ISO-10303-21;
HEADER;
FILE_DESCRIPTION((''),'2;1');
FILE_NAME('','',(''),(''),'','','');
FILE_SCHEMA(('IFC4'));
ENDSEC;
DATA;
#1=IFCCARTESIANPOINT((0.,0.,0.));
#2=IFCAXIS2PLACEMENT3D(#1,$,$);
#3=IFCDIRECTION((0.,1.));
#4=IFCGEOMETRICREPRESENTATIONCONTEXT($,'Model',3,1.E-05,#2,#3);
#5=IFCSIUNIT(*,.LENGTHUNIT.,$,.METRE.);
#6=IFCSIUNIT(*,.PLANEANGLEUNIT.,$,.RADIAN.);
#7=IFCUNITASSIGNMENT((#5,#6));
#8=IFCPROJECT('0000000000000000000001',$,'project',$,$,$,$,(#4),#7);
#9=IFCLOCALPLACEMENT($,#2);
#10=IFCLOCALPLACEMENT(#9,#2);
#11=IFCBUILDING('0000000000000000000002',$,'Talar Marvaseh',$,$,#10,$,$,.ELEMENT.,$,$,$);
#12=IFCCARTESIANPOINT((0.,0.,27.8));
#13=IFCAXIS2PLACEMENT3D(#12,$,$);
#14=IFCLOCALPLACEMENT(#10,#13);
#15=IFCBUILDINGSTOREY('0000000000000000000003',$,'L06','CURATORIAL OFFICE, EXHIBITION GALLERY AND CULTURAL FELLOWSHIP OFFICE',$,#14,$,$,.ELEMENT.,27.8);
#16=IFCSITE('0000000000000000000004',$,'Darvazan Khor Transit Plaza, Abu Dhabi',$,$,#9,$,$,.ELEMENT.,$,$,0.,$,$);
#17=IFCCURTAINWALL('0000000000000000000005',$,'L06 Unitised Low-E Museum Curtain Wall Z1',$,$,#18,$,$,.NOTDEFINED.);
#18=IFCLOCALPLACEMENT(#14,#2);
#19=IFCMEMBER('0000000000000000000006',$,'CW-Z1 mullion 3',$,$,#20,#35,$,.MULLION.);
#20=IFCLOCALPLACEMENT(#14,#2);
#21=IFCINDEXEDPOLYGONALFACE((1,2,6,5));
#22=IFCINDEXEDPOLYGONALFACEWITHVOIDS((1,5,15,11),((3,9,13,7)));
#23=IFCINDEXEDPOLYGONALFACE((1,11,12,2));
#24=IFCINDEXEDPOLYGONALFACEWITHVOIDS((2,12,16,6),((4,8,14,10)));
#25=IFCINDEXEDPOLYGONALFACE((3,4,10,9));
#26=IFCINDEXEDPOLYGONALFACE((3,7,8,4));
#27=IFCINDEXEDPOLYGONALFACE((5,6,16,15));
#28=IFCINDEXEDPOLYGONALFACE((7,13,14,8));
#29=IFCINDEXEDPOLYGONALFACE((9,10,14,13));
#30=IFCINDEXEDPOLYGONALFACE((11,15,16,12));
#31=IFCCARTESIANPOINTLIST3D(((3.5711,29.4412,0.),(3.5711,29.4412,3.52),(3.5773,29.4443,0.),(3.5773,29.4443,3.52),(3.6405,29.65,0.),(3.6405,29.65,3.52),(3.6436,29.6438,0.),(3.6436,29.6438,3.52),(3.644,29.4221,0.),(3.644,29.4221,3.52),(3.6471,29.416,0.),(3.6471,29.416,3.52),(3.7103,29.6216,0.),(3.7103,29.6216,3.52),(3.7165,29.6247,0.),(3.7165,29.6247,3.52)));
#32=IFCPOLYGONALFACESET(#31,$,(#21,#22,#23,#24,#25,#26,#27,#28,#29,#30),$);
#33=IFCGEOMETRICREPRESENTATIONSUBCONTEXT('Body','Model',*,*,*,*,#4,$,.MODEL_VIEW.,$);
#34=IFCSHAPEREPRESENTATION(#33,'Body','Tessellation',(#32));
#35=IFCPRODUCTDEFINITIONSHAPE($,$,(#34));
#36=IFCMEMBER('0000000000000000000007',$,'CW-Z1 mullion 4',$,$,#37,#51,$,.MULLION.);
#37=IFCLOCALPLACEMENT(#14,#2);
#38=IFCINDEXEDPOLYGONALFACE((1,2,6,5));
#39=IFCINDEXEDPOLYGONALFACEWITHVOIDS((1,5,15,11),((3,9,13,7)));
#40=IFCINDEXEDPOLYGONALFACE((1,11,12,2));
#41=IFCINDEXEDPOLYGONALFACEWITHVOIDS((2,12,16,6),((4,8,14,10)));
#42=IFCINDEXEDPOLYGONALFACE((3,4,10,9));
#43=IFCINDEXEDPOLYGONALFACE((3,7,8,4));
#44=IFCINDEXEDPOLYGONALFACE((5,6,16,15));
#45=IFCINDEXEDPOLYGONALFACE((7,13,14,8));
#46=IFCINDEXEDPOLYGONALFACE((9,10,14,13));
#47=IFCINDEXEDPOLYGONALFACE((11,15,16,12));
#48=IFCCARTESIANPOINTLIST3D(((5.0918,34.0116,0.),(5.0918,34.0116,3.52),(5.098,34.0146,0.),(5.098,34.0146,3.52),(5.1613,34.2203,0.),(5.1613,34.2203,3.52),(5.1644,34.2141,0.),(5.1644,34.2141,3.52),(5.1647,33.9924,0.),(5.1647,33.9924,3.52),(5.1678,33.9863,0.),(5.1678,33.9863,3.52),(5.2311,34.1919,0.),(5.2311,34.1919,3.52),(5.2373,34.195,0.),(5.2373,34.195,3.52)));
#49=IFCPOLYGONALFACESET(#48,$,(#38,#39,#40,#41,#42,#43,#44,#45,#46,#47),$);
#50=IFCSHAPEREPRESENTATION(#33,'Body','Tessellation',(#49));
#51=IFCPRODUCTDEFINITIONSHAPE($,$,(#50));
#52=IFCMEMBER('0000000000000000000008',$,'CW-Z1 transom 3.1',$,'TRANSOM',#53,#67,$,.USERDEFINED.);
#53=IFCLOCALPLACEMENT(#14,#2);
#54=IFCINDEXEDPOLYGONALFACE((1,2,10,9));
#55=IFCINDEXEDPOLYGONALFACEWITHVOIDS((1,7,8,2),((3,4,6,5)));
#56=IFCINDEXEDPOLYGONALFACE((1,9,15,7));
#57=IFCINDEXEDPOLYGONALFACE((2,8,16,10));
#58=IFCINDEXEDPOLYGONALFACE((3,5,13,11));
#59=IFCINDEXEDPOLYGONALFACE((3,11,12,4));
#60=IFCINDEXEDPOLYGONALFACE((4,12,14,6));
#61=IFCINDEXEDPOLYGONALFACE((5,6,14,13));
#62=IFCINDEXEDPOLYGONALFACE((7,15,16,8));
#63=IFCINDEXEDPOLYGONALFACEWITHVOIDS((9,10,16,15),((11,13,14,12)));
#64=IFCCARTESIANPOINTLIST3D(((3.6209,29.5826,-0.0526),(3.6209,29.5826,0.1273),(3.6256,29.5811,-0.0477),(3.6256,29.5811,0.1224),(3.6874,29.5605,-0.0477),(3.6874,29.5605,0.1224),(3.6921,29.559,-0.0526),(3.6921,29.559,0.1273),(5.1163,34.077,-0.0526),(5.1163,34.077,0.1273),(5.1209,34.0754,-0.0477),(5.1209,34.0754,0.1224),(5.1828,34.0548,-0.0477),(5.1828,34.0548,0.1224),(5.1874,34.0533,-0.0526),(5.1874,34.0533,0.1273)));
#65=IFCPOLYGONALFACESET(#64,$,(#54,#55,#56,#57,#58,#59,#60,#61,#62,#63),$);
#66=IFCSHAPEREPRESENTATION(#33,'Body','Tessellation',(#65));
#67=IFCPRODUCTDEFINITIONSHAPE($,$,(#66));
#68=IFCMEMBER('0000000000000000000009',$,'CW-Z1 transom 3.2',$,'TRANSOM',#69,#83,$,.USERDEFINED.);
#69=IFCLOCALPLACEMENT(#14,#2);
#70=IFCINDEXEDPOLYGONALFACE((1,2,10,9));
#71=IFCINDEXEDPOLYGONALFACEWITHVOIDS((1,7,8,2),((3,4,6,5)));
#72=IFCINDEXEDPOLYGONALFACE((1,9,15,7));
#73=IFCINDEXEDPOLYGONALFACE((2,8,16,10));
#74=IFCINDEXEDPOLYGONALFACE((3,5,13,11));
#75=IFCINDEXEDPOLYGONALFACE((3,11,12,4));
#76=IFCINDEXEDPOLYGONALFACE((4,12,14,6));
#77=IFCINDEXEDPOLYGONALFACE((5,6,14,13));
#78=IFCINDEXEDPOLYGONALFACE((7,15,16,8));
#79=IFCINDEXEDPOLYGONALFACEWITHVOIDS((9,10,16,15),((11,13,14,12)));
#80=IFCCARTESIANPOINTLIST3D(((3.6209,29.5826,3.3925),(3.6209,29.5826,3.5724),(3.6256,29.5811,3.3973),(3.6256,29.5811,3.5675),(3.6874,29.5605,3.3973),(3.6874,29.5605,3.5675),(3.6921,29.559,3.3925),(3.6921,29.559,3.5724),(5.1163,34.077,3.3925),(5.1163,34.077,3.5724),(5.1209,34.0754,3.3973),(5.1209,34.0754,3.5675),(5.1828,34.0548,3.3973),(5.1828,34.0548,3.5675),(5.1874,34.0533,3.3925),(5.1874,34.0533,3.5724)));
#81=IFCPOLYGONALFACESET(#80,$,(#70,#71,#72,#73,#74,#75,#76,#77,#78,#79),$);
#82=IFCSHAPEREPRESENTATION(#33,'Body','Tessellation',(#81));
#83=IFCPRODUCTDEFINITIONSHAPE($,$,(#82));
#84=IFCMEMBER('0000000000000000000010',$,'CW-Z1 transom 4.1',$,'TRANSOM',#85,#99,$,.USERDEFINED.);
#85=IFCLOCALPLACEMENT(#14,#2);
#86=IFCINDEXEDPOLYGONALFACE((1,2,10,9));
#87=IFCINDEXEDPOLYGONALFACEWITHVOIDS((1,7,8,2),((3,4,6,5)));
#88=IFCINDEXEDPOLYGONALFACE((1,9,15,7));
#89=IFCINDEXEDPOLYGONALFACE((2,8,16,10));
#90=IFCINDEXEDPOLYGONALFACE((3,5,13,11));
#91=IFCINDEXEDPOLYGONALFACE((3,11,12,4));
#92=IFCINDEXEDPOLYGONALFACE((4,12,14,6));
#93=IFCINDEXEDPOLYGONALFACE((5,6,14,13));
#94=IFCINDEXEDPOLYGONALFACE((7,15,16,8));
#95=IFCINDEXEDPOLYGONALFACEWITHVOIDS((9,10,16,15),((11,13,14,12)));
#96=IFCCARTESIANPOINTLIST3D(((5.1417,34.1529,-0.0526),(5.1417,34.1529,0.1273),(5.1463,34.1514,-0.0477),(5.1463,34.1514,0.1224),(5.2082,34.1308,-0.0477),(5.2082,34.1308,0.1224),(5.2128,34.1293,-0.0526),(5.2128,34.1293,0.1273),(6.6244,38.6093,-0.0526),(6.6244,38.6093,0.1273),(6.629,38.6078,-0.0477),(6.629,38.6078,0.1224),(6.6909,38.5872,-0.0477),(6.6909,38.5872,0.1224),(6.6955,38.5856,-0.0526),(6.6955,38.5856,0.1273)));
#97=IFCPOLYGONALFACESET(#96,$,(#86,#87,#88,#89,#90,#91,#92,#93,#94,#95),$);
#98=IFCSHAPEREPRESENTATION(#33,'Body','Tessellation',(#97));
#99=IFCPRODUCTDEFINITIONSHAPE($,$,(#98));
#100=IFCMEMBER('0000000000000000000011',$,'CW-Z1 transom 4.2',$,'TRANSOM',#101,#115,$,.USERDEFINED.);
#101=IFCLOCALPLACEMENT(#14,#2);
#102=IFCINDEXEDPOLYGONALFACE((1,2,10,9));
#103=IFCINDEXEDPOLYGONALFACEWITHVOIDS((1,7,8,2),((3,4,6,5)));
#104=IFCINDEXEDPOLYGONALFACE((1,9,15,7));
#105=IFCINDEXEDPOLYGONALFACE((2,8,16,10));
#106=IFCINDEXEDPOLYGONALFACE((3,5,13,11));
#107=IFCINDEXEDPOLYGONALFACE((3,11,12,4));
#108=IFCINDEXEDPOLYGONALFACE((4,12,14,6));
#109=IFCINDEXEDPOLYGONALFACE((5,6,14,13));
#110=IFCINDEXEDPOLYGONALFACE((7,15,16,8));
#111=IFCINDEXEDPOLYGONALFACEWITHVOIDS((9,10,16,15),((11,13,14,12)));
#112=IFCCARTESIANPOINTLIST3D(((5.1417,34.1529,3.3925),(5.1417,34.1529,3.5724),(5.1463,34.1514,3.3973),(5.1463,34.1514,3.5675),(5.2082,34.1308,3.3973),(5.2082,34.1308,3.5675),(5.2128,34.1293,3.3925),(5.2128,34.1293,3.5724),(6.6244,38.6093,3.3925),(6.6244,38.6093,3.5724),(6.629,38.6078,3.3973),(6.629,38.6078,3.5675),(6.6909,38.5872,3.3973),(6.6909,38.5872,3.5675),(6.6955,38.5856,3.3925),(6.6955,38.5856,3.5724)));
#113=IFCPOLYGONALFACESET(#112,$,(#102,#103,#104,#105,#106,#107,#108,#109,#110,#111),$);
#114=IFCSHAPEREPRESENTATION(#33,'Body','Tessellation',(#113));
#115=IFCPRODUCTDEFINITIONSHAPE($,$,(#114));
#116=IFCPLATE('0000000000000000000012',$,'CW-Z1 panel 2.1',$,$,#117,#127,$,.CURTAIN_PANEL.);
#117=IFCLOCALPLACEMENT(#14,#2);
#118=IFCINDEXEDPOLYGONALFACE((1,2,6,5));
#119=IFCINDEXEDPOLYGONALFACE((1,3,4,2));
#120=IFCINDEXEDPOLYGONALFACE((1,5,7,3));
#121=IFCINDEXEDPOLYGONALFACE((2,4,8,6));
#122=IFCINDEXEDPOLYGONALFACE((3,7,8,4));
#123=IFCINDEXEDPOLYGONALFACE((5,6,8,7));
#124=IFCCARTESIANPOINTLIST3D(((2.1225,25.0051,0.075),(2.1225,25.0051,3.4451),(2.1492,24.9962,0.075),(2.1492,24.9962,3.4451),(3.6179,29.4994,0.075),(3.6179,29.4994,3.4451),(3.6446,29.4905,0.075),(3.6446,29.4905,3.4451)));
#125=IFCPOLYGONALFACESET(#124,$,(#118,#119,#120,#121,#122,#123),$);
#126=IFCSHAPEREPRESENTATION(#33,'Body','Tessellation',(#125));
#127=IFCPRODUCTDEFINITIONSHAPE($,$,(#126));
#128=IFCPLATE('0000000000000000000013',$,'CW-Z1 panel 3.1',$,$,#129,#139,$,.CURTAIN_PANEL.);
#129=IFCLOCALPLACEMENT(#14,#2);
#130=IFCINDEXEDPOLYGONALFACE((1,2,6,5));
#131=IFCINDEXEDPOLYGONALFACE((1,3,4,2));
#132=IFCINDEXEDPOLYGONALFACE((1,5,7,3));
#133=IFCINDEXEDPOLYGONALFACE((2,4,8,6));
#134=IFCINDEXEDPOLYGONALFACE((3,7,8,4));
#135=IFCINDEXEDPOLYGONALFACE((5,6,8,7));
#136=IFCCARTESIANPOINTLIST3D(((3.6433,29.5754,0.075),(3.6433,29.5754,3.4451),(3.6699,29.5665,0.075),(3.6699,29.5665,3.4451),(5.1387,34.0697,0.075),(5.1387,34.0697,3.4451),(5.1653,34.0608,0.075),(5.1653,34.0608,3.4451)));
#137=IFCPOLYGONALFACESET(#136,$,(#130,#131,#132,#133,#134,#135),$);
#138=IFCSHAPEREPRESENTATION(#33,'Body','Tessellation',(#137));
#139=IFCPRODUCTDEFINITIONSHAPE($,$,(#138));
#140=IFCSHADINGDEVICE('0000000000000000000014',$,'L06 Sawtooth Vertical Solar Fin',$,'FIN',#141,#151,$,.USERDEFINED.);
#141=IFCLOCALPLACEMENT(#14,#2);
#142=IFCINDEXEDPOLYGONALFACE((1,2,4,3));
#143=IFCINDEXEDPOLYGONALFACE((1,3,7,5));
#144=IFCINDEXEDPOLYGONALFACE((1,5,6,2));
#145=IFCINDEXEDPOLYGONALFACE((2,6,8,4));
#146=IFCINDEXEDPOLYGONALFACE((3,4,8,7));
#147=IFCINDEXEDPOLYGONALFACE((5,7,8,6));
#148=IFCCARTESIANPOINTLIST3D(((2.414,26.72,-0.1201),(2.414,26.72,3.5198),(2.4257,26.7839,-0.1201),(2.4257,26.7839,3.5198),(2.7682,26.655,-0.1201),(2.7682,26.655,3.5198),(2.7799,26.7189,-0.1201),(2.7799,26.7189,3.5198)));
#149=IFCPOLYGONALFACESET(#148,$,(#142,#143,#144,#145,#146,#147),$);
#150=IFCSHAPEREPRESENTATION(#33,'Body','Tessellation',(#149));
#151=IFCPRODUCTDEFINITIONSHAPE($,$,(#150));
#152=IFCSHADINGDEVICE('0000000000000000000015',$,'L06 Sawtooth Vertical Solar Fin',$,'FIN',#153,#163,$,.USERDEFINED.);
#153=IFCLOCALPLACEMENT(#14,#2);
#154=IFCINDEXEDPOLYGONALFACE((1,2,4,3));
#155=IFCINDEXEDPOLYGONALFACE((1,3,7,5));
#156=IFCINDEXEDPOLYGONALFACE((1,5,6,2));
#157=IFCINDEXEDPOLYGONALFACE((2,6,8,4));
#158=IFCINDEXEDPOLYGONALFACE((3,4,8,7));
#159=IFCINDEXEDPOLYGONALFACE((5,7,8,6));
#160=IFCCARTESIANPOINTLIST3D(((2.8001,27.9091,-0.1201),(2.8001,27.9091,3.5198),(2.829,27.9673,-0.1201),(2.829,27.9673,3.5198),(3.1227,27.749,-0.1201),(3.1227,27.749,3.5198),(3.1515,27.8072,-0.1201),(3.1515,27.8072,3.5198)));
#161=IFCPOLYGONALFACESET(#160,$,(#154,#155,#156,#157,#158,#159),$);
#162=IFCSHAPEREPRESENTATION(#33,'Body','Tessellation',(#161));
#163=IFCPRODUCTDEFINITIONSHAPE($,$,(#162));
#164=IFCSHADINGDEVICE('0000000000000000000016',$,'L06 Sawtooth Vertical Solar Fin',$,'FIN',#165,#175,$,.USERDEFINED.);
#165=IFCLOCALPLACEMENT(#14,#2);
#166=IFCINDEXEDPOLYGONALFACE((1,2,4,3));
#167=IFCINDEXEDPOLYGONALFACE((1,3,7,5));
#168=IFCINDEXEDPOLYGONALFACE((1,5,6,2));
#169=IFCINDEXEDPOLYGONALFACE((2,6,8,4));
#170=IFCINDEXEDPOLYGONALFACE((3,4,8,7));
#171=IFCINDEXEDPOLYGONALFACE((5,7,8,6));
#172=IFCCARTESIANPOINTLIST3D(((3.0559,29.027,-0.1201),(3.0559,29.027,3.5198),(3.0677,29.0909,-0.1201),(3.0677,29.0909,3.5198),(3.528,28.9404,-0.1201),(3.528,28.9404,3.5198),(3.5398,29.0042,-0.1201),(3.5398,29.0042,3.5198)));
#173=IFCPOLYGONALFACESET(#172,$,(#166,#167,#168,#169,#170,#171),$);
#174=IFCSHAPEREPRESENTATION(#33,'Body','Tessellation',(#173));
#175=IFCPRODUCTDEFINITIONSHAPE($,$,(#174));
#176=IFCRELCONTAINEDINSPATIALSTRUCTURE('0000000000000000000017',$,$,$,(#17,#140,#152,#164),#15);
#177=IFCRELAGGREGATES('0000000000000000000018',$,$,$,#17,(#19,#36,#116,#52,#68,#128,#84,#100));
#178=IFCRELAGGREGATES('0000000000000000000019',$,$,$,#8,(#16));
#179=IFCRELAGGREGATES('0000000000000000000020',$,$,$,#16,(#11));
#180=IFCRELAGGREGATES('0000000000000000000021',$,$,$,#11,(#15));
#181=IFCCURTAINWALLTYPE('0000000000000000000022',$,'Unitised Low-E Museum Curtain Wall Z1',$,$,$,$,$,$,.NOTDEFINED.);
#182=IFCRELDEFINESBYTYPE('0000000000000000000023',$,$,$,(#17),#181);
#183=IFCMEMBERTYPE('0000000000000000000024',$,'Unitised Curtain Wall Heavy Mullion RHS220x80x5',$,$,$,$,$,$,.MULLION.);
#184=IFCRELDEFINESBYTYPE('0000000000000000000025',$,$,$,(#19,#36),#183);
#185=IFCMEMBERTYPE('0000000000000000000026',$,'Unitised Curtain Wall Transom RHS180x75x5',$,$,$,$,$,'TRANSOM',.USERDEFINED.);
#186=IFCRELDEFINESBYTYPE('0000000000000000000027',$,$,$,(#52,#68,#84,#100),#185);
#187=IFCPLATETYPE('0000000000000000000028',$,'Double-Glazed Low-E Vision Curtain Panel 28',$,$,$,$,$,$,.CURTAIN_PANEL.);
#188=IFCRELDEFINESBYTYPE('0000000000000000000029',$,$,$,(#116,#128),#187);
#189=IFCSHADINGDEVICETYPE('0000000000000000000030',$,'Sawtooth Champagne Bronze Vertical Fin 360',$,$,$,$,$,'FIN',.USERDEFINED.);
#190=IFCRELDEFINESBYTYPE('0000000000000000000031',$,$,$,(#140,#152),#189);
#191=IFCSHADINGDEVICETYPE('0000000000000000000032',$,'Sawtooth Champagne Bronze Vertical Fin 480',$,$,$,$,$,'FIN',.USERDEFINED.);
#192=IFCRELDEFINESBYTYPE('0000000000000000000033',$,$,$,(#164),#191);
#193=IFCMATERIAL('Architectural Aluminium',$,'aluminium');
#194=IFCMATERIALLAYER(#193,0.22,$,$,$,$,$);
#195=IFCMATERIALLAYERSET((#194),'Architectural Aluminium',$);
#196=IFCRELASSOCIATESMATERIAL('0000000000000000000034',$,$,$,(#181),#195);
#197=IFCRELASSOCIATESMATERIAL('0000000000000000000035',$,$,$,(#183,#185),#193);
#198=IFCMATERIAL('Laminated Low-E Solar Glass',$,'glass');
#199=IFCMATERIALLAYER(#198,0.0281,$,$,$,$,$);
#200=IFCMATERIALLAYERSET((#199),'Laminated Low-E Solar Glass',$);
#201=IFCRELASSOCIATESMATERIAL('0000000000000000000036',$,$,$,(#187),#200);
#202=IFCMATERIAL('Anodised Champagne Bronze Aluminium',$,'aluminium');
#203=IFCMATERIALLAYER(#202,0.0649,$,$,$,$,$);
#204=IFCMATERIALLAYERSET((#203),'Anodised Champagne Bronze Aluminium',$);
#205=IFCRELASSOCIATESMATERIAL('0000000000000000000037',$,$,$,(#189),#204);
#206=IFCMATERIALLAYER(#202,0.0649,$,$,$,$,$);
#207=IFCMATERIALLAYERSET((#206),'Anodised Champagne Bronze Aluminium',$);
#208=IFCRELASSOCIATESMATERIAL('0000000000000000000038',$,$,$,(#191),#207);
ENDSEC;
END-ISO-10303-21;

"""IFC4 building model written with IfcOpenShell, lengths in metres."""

from ifc_helpers import new_model, si_unit, direction, frame, origin, origin_2d, place, context, subcontext, project, spatial, rectangle, hollow_rectangle, extrude, source, transform, mapped, material, layer, layer_set, material_profile, profile_set, type_object, type_shapes, element, aggregate, save


model = new_model("IFC4")

# Units and contexts
model_context = context("Model", 3, precision=1e-05, world=origin(), true_north=direction((0.0, 1.0)))
body_context = subcontext(model_context, "Body", "Model", "MODEL_VIEW")
ifc_project = project(units=[si_unit("LENGTHUNIT", "METRE"), si_unit("PLANEANGLEUNIT", "RADIAN")], contexts=[model_context])

# Site, building, storey
site_placement = place(None, origin())
site = spatial("IfcSite", under=ifc_project, at=site_placement, Name="Darvazan Khor Transit Plaza, Abu Dhabi", CompositionType="ELEMENT", RefElevation=0.0)
building_placement = place(site_placement, origin())
building = spatial("IfcBuilding", under=site, at=building_placement, Name="Talar Marvaseh", CompositionType="ELEMENT")
storey_placement = place(building_placement, frame((0.0, 0.0, 27.8)))
storey = spatial("IfcBuildingStorey", under=building, at=storey_placement, Name="L06", Description="CURATORIAL OFFICE, EXHIBITION GALLERY AND CULTURAL FELLOWSHIP OFFICE", CompositionType="ELEMENT", Elevation=27.8)

# Curtain wall, members, plates
ifc_material_1 = material(Name="Architectural Aluminium", Category="aluminium")
ifc_layer_1 = layer(ifc_material_1, 0.22)
ifc_layer_set_1 = layer_set([ifc_layer_1], Name="Architectural Aluminium")
curtain_wall_type = type_object("IfcCurtainWallType", Name="Unitised Low-E Museum Curtain Wall Z1", PredefinedType="NOTDEFINED", material=ifc_layer_set_1)
curtain_wall_placement = place(storey_placement, origin())
curtain_wall = element("IfcCurtainWall", 1, at=curtain_wall_placement, inside=storey, type_object=curtain_wall_type, Name="L06 Unitised Low-E Museum Curtain Wall Z1", PredefinedType="NOTDEFINED")
ifc_material_profile_1 = material_profile(ifc_material_1, hollow_rectangle(XDim=0.0801, YDim=0.22, WallThickness=0.0049, at=origin_2d()), Name="RHS220x80x5")
ifc_profile_set_1 = profile_set([ifc_material_profile_1], Name="Architectural Aluminium")
member_type_1 = type_object("IfcMemberType", Name="Unitised Curtain Wall Heavy Mullion RHS220x80x5", PredefinedType="MULLION", material=ifc_profile_set_1)
shared_shape_1 = source(origin(), body_context, "Body", "SweptSolid", [
    extrude(hollow_rectangle(XDim=0.0801, YDim=0.22, WallThickness=0.0049, at=origin_2d()), origin(), (0.0, 0.0, 1.0), 3.52),
])
type_shapes(member_type_1, [shared_shape_1])
member_1_placement = place(storey_placement, frame((3.6438, 29.533, 0.0), z_axis=(0.0, 0.0, 1.0), x_axis=(-0.948854, 0.315715, 0.0)))
member_1 = element("IfcMember", 2, at=member_1_placement, type_object=member_type_1, Name="CW-Z1 mullion 3", PredefinedType="MULLION", context=body_context, shape_type="MappedRepresentation", body=[
    mapped(shared_shape_1, transform((0.0, 0.0, 0.0), x_axis=(1.0, 0.0, 0.0), y_axis=(0.0, 1.0, 0.0), z_axis=(0.0, 0.0, 1.0), scale=1.0)),
])
member_2_placement = place(storey_placement, frame((5.1646, 34.1033, 0.0), z_axis=(0.0, 0.0, 1.0), x_axis=(-0.948854, 0.315715, 0.0)))
member_2 = element("IfcMember", 3, at=member_2_placement, type_object=member_type_1, Name="CW-Z1 mullion 4", PredefinedType="MULLION", context=body_context, shape_type="MappedRepresentation", body=[
    mapped(shared_shape_1, transform((0.0, 0.0, 0.0), x_axis=(1.0, 0.0, 0.0), y_axis=(0.0, 1.0, 0.0), z_axis=(0.0, 0.0, 1.0), scale=1.0)),
])
ifc_material_profile_2 = material_profile(ifc_material_1, hollow_rectangle(XDim=0.075, YDim=0.1799, WallThickness=0.0049, at=origin_2d()), Name="RHS180x75x5")
ifc_profile_set_2 = profile_set([ifc_material_profile_2], Name="Architectural Aluminium")
member_type_2 = type_object("IfcMemberType", Name="Unitised Curtain Wall Transom RHS180x75x5", ElementType="TRANSOM", PredefinedType="USERDEFINED", material=ifc_profile_set_2)
shared_shape_2 = source(origin(), body_context, "Body", "SweptSolid", [
    extrude(hollow_rectangle(XDim=0.075, YDim=0.1799, WallThickness=0.0049, at=origin_2d()), origin(), (0.0, 0.0, 1.0), 4.7366),
])
member_3_placement = place(storey_placement, frame((3.6565, 29.5708, 0.0374), z_axis=(0.315702, 0.948858, 0.0), x_axis=(-0.948858, 0.315702, 0.0)))
member_3 = element("IfcMember", 4, at=member_3_placement, type_object=member_type_2, Name="CW-Z1 transom 3.1", ObjectType="TRANSOM", PredefinedType="USERDEFINED", context=body_context, shape_type="MappedRepresentation", body=[
    mapped(shared_shape_2, transform((0.0, 0.0, 0.0), x_axis=(1.0, 0.0, 0.0), y_axis=(0.0, 1.0, 0.0), z_axis=(0.0, 0.0, 1.0), scale=1.0)),
])
member_4_placement = place(storey_placement, frame((3.6565, 29.5708, 3.4824), z_axis=(0.315702, 0.948858, 0.0), x_axis=(-0.948858, 0.315702, 0.0)))
member_4 = element("IfcMember", 5, at=member_4_placement, type_object=member_type_2, Name="CW-Z1 transom 3.2", ObjectType="TRANSOM", PredefinedType="USERDEFINED", context=body_context, shape_type="MappedRepresentation", body=[
    mapped(shared_shape_2, transform((0.0, 0.0, 0.0), x_axis=(1.0, 0.0, 0.0), y_axis=(0.0, 1.0, 0.0), z_axis=(0.0, 0.0, 1.0), scale=1.0)),
])
shared_shape_3 = source(origin(), body_context, "Body", "SweptSolid", [
    extrude(hollow_rectangle(XDim=0.075, YDim=0.1799, WallThickness=0.0049, at=origin_2d()), origin(), (0.0, 0.0, 1.0), 4.6965),
])
type_shapes(member_type_2, [shared_shape_2, shared_shape_3])
member_5_placement = place(storey_placement, frame((5.1772, 34.1411, 0.0374), z_axis=(0.315697, 0.94886, 0.0), x_axis=(-0.94886, 0.315697, 0.0)))
member_5 = element("IfcMember", 6, at=member_5_placement, type_object=member_type_2, Name="CW-Z1 transom 4.1", ObjectType="TRANSOM", PredefinedType="USERDEFINED", context=body_context, shape_type="MappedRepresentation", body=[
    mapped(shared_shape_3, transform((0.0, 0.0, 0.0), x_axis=(1.0, 0.0, 0.0), y_axis=(0.0, 1.0, 0.0), z_axis=(0.0, 0.0, 1.0), scale=1.0)),
])
member_6_placement = place(storey_placement, frame((5.1772, 34.1411, 3.4824), z_axis=(0.315697, 0.94886, 0.0), x_axis=(-0.94886, 0.315697, 0.0)))
member_6 = element("IfcMember", 7, at=member_6_placement, type_object=member_type_2, Name="CW-Z1 transom 4.2", ObjectType="TRANSOM", PredefinedType="USERDEFINED", context=body_context, shape_type="MappedRepresentation", body=[
    mapped(shared_shape_3, transform((0.0, 0.0, 0.0), x_axis=(1.0, 0.0, 0.0), y_axis=(0.0, 1.0, 0.0), z_axis=(0.0, 0.0, 1.0), scale=1.0)),
])
ifc_material_2 = material(Name="Laminated Low-E Solar Glass", Category="glass")
ifc_layer_2 = layer(ifc_material_2, 0.0281)
ifc_layer_set_2 = layer_set([ifc_layer_2], Name="Laminated Low-E Solar Glass")
plate_type = type_object("IfcPlateType", Name="Double-Glazed Low-E Vision Curtain Panel 28", PredefinedType="CURTAIN_PANEL", material=ifc_layer_set_2)
shared_shape_4 = source(origin(), body_context, "Body", "SweptSolid", [
    extrude(rectangle(XDim=4.7366, YDim=0.0281, at=origin_2d()), origin(), (0.0, 0.0, 1.0), 3.3701),
])
type_shapes(plate_type, [shared_shape_4])
plate_1_placement = place(storey_placement, frame((2.8835, 27.2478, 0.075), z_axis=(0.0, 0.0, 1.0), x_axis=(0.315715, 0.948854, 0.0)))
plate_1 = element("IfcPlate", 8, at=plate_1_placement, type_object=plate_type, Name="CW-Z1 panel 2.1", PredefinedType="CURTAIN_PANEL", context=body_context, shape_type="MappedRepresentation", body=[
    mapped(shared_shape_4, transform((0.0, 0.0, 0.0), x_axis=(1.0, 0.0, 0.0), y_axis=(0.0, 1.0, 0.0), z_axis=(0.0, 0.0, 1.0), scale=1.0)),
])
plate_2_placement = place(storey_placement, frame((4.4043, 31.8181, 0.075), z_axis=(0.0, 0.0, 1.0), x_axis=(0.315715, 0.948854, 0.0)))
plate_2 = element("IfcPlate", 9, at=plate_2_placement, type_object=plate_type, Name="CW-Z1 panel 3.1", PredefinedType="CURTAIN_PANEL", context=body_context, shape_type="MappedRepresentation", body=[
    mapped(shared_shape_4, transform((0.0, 0.0, 0.0), x_axis=(1.0, 0.0, 0.0), y_axis=(0.0, 1.0, 0.0), z_axis=(0.0, 0.0, 1.0), scale=1.0)),
])
aggregate(curtain_wall, [member_1, member_2, plate_1, member_3, member_4, plate_2, member_5, member_6])

# Shading devices
ifc_material_3 = material(Name="Anodised Champagne Bronze Aluminium", Category="aluminium")
ifc_layer_3 = layer(ifc_material_3, 0.0649)
ifc_layer_set_3 = layer_set([ifc_layer_3], Name="Anodised Champagne Bronze Aluminium")
shading_device_type_1 = type_object("IfcShadingDeviceType", Name="Sawtooth Champagne Bronze Vertical Fin 360", ElementType="FIN", PredefinedType="USERDEFINED", material=ifc_layer_set_3)
shared_shape_5 = source(origin(), body_context, "Body", "SweptSolid", [
    extrude(rectangle(XDim=0.3601, YDim=0.0649, at=origin_2d()), origin(), (0.0, 0.0, 1.0), 3.6399),
])
type_shapes(shading_device_type_1, [shared_shape_5])
for number, where, z_axis, x_axis, name in (
    (10, (2.5969, 26.7195, -0.1201), (0.0, 0.0, 1.0), (-0.983571, 0.180519, 0.0), "L06 Sawtooth Vertical Solar Fin"),
    (11, (2.9758, 27.8582, -0.1201), (0.0, 0.0, 1.0), (-0.895712, 0.444635, 0.0), "L06 Sawtooth Vertical Solar Fin"),
):
    element("IfcShadingDevice", number, at=place(storey_placement, frame(where, z_axis=z_axis, x_axis=x_axis)), inside=storey, type_object=shading_device_type_1, Name=name, ObjectType="FIN", PredefinedType="USERDEFINED", context=body_context, shape_type="MappedRepresentation", body=[
        mapped(shared_shape_5, transform((0.0, 0.0, 0.0), x_axis=(1.0, 0.0, 0.0), y_axis=(0.0, 1.0, 0.0), z_axis=(0.0, 0.0, 1.0), scale=1.0)),
    ])
ifc_layer_4 = layer(ifc_material_3, 0.0649)
ifc_layer_set_4 = layer_set([ifc_layer_4], Name="Anodised Champagne Bronze Aluminium")
shading_device_type_2 = type_object("IfcShadingDeviceType", Name="Sawtooth Champagne Bronze Vertical Fin 480", ElementType="FIN", PredefinedType="USERDEFINED", material=ifc_layer_set_4)
shared_shape_6 = source(origin(), body_context, "Body", "SweptSolid", [
    extrude(rectangle(XDim=0.48, YDim=0.0649, at=origin_2d()), origin(), (0.0, 0.0, 1.0), 3.6399),
])
type_shapes(shading_device_type_2, [shared_shape_6])
for number, where, z_axis, x_axis, name in (
    (12, (3.2979, 29.0156, -0.1201), (0.0, 0.0, 1.0), (-0.983571, 0.180519, 0.0), "L06 Sawtooth Vertical Solar Fin"),
):
    element("IfcShadingDevice", number, at=place(storey_placement, frame(where, z_axis=z_axis, x_axis=x_axis)), inside=storey, type_object=shading_device_type_2, Name=name, ObjectType="FIN", PredefinedType="USERDEFINED", context=body_context, shape_type="MappedRepresentation", body=[
        mapped(shared_shape_6, transform((0.0, 0.0, 0.0), x_axis=(1.0, 0.0, 0.0), y_axis=(0.0, 1.0, 0.0), z_axis=(0.0, 0.0, 1.0), scale=1.0)),
    ])

save(model, "model.ifc")
